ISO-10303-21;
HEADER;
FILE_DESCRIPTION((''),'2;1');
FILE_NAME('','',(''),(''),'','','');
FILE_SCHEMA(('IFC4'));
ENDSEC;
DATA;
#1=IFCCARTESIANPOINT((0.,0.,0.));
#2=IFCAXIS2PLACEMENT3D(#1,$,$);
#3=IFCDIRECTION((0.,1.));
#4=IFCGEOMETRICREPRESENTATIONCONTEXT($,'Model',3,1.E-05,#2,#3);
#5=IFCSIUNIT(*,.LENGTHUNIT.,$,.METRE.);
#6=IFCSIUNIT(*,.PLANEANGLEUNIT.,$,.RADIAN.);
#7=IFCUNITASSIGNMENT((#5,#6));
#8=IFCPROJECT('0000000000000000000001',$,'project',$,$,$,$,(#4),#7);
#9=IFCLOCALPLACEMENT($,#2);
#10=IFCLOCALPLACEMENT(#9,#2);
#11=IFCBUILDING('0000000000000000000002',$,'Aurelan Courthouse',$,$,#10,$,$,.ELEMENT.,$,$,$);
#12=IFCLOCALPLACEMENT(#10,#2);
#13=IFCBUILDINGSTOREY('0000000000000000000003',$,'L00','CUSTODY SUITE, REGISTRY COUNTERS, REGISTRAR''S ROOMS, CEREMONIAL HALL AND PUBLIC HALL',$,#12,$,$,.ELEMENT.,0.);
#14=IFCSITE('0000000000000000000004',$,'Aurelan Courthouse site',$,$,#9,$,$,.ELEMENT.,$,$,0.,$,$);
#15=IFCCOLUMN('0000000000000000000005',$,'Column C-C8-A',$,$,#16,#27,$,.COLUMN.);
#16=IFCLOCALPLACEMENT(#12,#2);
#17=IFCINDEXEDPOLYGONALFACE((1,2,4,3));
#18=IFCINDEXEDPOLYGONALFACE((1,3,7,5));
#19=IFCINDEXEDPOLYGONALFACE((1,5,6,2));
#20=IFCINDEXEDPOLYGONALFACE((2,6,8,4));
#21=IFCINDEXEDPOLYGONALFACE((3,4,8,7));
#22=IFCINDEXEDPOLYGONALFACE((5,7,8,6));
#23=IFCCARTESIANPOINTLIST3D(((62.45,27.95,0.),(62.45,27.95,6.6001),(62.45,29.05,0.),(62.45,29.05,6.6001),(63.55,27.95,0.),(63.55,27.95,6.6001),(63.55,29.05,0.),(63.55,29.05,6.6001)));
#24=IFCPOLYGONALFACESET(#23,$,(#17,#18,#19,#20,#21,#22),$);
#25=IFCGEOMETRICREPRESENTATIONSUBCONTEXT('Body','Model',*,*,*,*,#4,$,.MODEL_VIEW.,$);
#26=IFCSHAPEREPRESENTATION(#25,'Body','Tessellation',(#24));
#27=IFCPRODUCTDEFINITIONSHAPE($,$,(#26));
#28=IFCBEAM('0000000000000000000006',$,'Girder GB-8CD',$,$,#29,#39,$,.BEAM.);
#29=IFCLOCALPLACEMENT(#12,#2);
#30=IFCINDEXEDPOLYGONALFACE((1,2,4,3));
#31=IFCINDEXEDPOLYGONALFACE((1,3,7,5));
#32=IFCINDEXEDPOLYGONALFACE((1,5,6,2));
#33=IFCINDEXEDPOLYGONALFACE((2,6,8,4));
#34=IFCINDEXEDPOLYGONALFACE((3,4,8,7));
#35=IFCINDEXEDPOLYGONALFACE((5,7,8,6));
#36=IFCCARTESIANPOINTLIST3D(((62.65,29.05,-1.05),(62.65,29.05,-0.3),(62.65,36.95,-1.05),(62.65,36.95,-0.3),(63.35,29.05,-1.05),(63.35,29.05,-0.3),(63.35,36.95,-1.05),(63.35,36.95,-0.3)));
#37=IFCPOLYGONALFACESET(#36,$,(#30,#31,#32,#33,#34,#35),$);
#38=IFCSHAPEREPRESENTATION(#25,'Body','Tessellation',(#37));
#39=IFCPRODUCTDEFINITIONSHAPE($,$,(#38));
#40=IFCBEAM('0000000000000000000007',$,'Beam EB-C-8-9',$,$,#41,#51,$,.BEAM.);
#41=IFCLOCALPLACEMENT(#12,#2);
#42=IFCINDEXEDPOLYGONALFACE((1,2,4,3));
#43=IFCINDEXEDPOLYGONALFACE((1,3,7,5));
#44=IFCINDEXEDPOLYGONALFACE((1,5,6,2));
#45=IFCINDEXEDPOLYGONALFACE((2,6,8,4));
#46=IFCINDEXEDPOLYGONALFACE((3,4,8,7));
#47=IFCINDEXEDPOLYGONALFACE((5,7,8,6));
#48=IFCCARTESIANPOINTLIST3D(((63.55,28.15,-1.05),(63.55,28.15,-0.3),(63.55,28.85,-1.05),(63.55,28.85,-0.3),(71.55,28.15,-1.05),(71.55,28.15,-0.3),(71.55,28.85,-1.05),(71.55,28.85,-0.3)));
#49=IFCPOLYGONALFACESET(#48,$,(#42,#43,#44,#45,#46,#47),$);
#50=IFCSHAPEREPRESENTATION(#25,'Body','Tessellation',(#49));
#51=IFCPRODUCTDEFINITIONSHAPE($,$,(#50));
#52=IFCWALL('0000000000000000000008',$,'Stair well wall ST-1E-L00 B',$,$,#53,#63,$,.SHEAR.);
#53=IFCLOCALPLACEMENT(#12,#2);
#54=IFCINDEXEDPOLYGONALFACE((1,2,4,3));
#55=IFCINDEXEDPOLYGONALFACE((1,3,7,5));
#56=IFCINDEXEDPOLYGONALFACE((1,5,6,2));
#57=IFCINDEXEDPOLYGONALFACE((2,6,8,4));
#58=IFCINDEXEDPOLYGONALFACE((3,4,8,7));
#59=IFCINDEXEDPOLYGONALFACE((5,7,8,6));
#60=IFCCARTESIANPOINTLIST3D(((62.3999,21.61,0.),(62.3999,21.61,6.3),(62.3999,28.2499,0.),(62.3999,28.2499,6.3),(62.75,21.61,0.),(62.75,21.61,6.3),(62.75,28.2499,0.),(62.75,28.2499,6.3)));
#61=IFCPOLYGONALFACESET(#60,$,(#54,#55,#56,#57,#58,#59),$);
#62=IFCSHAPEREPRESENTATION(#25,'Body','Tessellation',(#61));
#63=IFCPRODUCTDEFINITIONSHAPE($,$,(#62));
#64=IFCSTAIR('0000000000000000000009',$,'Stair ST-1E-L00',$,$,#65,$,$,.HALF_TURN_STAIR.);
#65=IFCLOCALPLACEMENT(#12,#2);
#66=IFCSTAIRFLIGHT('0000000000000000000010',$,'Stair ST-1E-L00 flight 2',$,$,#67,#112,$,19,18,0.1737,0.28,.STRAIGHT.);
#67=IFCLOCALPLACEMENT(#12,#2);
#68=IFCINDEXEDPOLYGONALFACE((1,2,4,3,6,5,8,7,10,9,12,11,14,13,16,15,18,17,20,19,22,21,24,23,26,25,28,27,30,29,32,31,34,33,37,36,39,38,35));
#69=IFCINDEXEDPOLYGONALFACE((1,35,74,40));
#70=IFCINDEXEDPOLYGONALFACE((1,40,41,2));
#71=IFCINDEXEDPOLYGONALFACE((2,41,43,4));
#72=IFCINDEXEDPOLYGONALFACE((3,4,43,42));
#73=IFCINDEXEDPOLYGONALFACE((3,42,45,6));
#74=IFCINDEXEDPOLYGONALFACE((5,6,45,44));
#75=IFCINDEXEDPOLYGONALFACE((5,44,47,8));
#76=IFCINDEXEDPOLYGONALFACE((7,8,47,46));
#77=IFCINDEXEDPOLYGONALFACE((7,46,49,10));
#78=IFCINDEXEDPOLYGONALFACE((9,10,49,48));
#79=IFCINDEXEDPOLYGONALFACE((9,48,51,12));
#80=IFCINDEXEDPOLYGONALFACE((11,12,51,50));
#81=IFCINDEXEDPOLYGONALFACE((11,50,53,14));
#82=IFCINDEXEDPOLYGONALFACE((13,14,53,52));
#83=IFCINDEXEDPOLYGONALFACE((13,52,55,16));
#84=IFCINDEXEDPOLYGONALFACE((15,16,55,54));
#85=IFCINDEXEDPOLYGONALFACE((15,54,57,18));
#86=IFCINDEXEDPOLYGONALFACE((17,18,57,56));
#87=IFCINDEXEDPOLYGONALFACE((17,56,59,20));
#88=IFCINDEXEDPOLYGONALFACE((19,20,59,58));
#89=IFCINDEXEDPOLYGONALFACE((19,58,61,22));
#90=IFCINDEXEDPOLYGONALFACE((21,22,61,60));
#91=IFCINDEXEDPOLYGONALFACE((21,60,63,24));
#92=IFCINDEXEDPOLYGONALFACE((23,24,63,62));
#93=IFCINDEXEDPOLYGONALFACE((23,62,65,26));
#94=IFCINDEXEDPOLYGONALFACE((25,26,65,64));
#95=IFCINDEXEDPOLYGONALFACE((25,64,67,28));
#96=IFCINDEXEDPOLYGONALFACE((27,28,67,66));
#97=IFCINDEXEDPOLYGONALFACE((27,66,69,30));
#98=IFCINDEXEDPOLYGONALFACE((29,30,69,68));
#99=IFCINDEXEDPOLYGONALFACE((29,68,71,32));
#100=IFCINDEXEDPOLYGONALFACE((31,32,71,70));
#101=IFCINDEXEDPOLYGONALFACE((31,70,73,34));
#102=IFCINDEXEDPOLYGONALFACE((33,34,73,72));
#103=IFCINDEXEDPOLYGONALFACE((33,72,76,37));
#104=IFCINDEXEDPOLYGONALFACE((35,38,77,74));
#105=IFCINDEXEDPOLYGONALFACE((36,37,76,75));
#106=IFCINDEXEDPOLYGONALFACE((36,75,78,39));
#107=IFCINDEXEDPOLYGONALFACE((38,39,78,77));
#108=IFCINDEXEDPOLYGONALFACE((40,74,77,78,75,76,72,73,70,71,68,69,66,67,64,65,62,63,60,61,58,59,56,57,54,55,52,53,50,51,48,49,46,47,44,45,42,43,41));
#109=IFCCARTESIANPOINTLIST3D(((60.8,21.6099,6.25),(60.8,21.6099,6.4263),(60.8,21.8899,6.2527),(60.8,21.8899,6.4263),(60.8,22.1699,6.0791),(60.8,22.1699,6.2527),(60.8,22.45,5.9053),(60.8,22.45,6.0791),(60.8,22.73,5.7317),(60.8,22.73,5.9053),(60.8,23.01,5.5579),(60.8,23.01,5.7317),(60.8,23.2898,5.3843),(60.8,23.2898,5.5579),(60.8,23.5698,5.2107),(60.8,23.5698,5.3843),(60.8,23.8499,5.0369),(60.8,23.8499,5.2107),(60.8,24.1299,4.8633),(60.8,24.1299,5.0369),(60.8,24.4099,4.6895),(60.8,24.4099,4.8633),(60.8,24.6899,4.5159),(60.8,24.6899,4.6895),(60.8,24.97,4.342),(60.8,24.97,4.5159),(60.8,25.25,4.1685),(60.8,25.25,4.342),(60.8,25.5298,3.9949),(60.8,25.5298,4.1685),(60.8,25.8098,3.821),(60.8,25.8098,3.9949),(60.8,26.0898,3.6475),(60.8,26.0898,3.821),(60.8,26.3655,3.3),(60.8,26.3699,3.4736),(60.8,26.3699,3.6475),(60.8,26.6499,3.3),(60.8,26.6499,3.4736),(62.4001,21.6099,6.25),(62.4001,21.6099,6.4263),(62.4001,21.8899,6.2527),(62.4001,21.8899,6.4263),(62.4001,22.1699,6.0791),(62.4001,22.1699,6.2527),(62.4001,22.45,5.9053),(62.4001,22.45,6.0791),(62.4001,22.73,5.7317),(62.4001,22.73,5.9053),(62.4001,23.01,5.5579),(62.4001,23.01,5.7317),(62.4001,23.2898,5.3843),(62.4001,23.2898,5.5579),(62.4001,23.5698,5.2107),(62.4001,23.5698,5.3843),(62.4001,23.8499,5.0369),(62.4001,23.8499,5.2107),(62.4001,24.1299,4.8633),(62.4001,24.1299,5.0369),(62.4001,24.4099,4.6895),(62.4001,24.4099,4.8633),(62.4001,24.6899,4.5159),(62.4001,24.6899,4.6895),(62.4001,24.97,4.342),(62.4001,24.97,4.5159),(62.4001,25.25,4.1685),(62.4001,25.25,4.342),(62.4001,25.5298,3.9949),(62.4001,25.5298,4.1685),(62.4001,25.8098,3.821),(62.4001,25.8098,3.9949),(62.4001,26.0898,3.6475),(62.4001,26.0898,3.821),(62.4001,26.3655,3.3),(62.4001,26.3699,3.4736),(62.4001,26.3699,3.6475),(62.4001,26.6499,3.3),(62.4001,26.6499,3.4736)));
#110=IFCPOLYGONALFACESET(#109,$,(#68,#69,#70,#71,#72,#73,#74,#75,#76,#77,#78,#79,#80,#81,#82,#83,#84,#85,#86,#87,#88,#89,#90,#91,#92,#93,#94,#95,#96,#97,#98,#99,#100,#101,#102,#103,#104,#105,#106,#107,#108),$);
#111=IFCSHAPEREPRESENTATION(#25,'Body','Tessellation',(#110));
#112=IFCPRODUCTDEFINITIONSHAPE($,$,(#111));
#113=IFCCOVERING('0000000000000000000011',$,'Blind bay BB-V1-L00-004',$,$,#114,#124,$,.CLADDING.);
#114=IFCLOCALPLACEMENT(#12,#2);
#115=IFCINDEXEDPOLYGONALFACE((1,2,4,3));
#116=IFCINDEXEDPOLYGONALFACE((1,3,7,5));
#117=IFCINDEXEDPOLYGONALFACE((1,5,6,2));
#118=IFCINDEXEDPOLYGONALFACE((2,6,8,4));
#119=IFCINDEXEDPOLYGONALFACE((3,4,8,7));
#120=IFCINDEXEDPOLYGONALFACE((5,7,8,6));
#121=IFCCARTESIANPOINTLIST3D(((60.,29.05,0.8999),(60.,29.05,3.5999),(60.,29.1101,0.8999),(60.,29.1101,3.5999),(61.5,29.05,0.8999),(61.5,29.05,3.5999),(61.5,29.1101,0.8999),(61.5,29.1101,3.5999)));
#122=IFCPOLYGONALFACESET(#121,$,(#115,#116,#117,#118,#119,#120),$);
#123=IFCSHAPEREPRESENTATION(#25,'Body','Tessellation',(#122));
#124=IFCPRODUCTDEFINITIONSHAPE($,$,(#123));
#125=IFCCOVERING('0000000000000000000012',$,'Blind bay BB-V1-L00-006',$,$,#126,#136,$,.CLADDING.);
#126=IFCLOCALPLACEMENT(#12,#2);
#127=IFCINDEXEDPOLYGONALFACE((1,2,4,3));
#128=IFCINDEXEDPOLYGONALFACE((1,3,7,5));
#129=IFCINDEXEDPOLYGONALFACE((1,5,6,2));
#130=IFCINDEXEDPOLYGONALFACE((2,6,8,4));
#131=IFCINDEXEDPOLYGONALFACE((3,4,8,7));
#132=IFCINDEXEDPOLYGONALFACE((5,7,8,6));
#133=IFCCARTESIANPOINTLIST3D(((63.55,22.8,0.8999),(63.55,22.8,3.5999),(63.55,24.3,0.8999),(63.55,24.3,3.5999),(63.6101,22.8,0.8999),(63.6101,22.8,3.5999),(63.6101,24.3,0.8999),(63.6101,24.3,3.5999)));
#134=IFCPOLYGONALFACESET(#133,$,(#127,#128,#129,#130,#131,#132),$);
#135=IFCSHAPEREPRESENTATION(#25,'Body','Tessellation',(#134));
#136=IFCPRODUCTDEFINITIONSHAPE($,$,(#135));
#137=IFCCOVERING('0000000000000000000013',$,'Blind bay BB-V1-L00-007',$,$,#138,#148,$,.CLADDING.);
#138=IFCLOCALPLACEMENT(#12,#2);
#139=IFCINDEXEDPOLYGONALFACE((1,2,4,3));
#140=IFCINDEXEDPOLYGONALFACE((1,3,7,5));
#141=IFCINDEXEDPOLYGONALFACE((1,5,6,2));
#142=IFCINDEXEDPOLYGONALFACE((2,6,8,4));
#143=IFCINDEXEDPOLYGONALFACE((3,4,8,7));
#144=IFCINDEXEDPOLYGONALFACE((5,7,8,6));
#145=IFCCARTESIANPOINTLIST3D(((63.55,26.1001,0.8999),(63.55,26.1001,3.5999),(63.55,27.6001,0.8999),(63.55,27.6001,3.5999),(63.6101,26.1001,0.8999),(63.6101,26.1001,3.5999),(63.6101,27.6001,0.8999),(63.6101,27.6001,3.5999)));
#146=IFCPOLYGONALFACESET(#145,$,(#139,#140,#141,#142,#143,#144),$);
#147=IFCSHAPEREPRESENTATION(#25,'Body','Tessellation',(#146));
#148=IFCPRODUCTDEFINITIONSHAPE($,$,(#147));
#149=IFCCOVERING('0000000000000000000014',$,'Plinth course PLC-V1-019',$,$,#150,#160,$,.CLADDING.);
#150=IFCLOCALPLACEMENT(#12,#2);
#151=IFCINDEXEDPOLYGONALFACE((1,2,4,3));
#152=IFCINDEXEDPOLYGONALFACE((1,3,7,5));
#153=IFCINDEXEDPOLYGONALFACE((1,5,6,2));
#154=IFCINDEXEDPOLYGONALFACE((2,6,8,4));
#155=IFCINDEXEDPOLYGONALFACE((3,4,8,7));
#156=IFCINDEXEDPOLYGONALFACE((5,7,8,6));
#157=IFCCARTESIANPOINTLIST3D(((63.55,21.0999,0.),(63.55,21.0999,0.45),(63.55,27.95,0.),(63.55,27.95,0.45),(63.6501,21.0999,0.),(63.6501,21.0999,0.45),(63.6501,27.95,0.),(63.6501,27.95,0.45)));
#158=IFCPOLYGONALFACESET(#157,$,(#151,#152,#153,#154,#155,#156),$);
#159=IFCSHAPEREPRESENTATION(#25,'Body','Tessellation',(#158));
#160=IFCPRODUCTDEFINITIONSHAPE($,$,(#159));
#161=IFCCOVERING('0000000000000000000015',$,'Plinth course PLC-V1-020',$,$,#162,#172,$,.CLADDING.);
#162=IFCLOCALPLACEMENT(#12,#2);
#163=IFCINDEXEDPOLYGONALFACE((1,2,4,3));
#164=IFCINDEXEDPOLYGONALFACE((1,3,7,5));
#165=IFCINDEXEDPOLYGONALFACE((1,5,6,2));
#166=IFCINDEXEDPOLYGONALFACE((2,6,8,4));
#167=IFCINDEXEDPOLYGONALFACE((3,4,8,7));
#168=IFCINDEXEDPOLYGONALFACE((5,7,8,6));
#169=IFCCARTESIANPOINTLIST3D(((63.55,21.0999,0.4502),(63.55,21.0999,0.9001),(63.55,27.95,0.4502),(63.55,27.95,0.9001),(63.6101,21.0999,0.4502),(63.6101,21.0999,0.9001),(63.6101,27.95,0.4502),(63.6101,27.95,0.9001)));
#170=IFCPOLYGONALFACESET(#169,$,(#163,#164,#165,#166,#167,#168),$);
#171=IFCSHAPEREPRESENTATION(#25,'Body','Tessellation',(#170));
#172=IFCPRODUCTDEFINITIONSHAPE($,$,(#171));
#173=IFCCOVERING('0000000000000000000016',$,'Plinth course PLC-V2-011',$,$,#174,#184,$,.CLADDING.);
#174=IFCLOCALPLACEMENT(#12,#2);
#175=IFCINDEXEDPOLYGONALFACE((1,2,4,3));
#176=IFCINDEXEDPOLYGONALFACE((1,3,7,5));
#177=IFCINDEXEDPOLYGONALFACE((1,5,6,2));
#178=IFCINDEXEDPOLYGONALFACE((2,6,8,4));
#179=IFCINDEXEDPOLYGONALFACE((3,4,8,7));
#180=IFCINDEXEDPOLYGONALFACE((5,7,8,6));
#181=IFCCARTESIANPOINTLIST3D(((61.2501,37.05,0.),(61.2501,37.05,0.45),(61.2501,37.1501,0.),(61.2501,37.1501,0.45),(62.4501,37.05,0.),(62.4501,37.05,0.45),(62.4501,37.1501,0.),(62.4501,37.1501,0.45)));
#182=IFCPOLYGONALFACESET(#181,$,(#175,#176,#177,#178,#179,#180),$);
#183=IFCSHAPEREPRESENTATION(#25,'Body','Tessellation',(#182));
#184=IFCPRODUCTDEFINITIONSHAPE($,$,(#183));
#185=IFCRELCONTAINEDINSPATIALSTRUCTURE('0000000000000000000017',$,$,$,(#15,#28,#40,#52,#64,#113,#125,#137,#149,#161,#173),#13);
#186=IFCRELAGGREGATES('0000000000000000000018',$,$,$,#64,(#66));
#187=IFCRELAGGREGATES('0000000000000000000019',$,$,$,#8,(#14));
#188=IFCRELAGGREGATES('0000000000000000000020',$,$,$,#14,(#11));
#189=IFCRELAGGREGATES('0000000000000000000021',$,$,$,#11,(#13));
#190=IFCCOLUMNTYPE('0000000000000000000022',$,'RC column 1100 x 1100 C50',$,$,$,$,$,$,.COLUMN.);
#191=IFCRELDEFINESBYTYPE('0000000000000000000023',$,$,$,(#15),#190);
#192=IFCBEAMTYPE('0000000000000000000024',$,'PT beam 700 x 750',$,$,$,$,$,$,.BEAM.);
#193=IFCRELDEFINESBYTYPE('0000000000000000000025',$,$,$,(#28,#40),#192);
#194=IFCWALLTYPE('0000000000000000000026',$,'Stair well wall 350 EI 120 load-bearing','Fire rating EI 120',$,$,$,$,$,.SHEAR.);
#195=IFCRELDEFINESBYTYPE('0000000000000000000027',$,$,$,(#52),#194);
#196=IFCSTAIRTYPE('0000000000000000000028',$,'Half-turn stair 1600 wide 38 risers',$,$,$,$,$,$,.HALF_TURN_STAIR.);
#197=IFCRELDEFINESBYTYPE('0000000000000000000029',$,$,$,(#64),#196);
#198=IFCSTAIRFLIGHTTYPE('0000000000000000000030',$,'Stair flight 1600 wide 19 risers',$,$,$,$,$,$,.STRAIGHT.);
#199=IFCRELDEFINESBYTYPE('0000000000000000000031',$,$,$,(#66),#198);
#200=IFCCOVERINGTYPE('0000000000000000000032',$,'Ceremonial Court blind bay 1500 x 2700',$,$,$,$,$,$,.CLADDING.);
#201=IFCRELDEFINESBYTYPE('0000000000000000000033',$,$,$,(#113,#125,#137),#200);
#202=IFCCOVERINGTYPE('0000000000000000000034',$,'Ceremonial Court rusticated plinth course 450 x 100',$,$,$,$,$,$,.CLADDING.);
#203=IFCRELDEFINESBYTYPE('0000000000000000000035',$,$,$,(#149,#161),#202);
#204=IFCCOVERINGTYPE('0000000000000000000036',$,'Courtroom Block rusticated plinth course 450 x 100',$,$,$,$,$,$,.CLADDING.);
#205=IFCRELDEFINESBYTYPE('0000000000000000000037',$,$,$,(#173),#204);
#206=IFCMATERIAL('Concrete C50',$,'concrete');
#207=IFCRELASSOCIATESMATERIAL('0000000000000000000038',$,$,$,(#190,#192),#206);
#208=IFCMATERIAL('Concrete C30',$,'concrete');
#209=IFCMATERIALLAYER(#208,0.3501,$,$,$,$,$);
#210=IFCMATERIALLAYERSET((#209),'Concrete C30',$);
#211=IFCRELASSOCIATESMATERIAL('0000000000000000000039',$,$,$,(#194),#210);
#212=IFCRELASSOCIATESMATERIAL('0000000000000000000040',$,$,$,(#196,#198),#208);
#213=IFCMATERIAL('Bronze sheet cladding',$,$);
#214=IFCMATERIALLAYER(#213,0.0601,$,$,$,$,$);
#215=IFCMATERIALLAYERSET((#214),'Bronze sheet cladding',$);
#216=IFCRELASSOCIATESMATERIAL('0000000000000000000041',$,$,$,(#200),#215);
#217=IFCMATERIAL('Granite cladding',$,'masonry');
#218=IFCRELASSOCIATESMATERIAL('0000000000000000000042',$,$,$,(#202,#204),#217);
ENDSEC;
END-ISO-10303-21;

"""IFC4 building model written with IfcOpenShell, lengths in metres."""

from ifc_helpers import new_model, si_unit, direction, frame, frame_2d, origin, origin_2d, place, context, subcontext, project, spatial, polyline, rectangle, outline, extrude, material, layer, layer_set, material_profile, profile_set, type_object, element, aggregate, save


model = new_model("IFC4")

# Units and contexts
model_context = context("Model", 3, precision=1e-05, world=origin(), true_north=direction((0.0, 1.0)))
body_context = subcontext(model_context, "Body", "Model", "MODEL_VIEW")
ifc_project = project(units=[si_unit("LENGTHUNIT", "METRE"), si_unit("PLANEANGLEUNIT", "RADIAN")], contexts=[model_context])

# Site, building, storey
site_placement = place(None, origin())
site = spatial("IfcSite", under=ifc_project, at=site_placement, Name="Aurelan Courthouse site", CompositionType="ELEMENT", RefElevation=0.0)
building_placement = place(site_placement, origin())
building = spatial("IfcBuilding", under=site, at=building_placement, Name="Aurelan Courthouse", CompositionType="ELEMENT")
storey_placement = place(building_placement, origin())
storey = spatial("IfcBuildingStorey", under=building, at=storey_placement, Name="L00", Description="CUSTODY SUITE, REGISTRY COUNTERS, REGISTRAR'S ROOMS, CEREMONIAL HALL AND PUBLIC HALL", CompositionType="ELEMENT", Elevation=0.0)

# Column
ifc_material_1 = material(Name="Concrete C50", Category="concrete")
ifc_material_profile_1 = material_profile(ifc_material_1, rectangle(XDim=1.1001, YDim=1.1001, at=origin_2d()), Name="RC 1100 x 1100")
ifc_profile_set_1 = profile_set([ifc_material_profile_1], Name="Concrete C50")
column_type = type_object("IfcColumnType", Name="RC column 1100 x 1100 C50", PredefinedType="COLUMN", material=ifc_profile_set_1)
column_placement = place(storey_placement, frame((63.0, 28.5, 0.0), z_axis=(0.0, 0.0, 1.0), x_axis=(1.0, 0.0, 0.0)))
element("IfcColumn", 1, at=column_placement, inside=storey, type_object=column_type, Name="Column C-C8-A", PredefinedType="COLUMN", context=body_context, shape_type="SweptSolid", body=[
    extrude(rectangle(XDim=1.1001, YDim=1.1001, at=origin_2d()), origin(), (0.0, 0.0, 1.0), 6.6001),
])

# Beams
ifc_material_profile_2 = material_profile(ifc_material_1, rectangle(XDim=0.7, YDim=0.75, at=origin_2d()), Name="RC 700 x 750")
ifc_profile_set_2 = profile_set([ifc_material_profile_2], Name="Concrete C50")
beam_type = type_object("IfcBeamType", Name="PT beam 700 x 750", PredefinedType="BEAM", material=ifc_profile_set_2)
beam_1_placement = place(storey_placement, frame((63.0, 29.05, -0.675), z_axis=(0.0, 1.0, 0.0), x_axis=(-1.0, 0.0, 0.0)))
element("IfcBeam", 2, at=beam_1_placement, inside=storey, type_object=beam_type, Name="Girder GB-8CD", PredefinedType="BEAM", context=body_context, shape_type="SweptSolid", body=[
    extrude(rectangle(XDim=0.7, YDim=0.75, at=origin_2d()), origin(), (0.0, 0.0, 1.0), 7.8999),
])
beam_2_placement = place(storey_placement, frame((63.55, 28.5, -0.675), z_axis=(1.0, 0.0, 0.0), x_axis=(0.0, 1.0, 0.0)))
element("IfcBeam", 3, at=beam_2_placement, inside=storey, type_object=beam_type, Name="Beam EB-C-8-9", PredefinedType="BEAM", context=body_context, shape_type="SweptSolid", body=[
    extrude(rectangle(XDim=0.7, YDim=0.75, at=origin_2d()), origin(), (0.0, 0.0, 1.0), 8.0),
])

# Wall
ifc_material_2 = material(Name="Concrete C30", Category="concrete")
ifc_layer_1 = layer(ifc_material_2, 0.3501)
ifc_layer_set_1 = layer_set([ifc_layer_1], Name="Concrete C30")
wall_type = type_object("IfcWallType", Name="Stair well wall 350 EI 120 load-bearing", Description="Fire rating EI 120", PredefinedType="SHEAR", material=ifc_layer_set_1)
wall_placement = place(storey_placement, frame((62.575, 21.6101, 0.0), z_axis=(0.0, 0.0, 1.0), x_axis=(0.0, 1.0, 0.0)))
element("IfcWall", 4, at=wall_placement, inside=storey, type_object=wall_type, Name="Stair well wall ST-1E-L00 B", PredefinedType="SHEAR", context=body_context, shape_type="SweptSolid", body=[
    extrude(rectangle(XDim=6.6399, YDim=0.3501, at=frame_2d((3.3198, 0.0))), origin(), (0.0, 0.0, 1.0), 6.3),
])

# Stair, stair flight
stair_type = type_object("IfcStairType", Name="Half-turn stair 1600 wide 38 risers", PredefinedType="HALF_TURN_STAIR", material=ifc_material_2)
stair_placement = place(storey_placement, origin())
stair = element("IfcStair", 5, at=stair_placement, inside=storey, type_object=stair_type, Name="Stair ST-1E-L00", PredefinedType="HALF_TURN_STAIR")
stair_flight_type = type_object("IfcStairFlightType", Name="Stair flight 1600 wide 19 risers", PredefinedType="STRAIGHT", material=ifc_material_2)
stair_flight_placement = place(storey_placement, frame((61.6001, 26.6499, 3.3), z_axis=(0.0, 0.0, 1.0), x_axis=(0.0, -1.0, 0.0)))
stair_flight = element("IfcStairFlight", 6, at=stair_flight_placement, type_object=stair_flight_type, Name="Stair ST-1E-L00 flight 2", NumberOfRisers=19, NumberOfTreads=18, PredefinedType="STRAIGHT", RiserHeight=0.1737, TreadLength=0.28, context=body_context, shape_type="SweptSolid", body=[
    extrude(outline(polyline([(0.0, 0.0), (0.0, 0.1736), (0.28, 0.1736), (0.28, 0.3474), (0.5601, 0.3474), (0.5601, 0.521), (0.8401, 0.521), (0.8401, 0.6948), (1.1201, 0.6948), (1.1201, 0.8684), (1.3999, 0.8684), (1.3999, 1.042), (1.6799, 1.042), (1.6799, 1.2158), (1.96, 1.2158), (1.96, 1.3894), (2.24, 1.3894), (2.24, 1.5632), (2.52, 1.5632), (2.52, 1.7368), (2.8, 1.7368), (2.8, 1.9106), (3.0801, 1.9106), (3.0801, 2.0842), (3.3601, 2.0842), (3.3601, 2.2578), (3.6399, 2.2578), (3.6399, 2.4316), (3.9199, 2.4316), (3.9199, 2.6052), (4.2, 2.6052), (4.2, 2.7791), (4.48, 2.7791), (4.48, 2.9526), (4.76, 2.9526), (4.76, 3.1262), (5.04, 3.1262), (5.04, 3.3), (5.04, 2.95), (0.2844, 0.0), (0.0, 0.0)])), frame((0.0, 0.8, 0.0), z_axis=(0.0, -1.0, 0.0), x_axis=(1.0, 0.0, 0.0)), (0.0, 0.0, 1.0), 1.6001),
])
aggregate(stair, [stair_flight])

# Coverings
ifc_material_3 = material(Name="Bronze sheet cladding")
ifc_layer_2 = layer(ifc_material_3, 0.0601)
ifc_layer_set_2 = layer_set([ifc_layer_2], Name="Bronze sheet cladding")
covering_type_1 = type_object("IfcCoveringType", Name="Ceremonial Court blind bay 1500 x 2700", PredefinedType="CLADDING", material=ifc_layer_set_2)
covering_1_placement = place(storey_placement, frame((60.75, 29.0801, 0.8999), z_axis=(0.0, 0.0, 1.0), x_axis=(1.0, 0.0, 0.0)))
element("IfcCovering", 7, at=covering_1_placement, inside=storey, type_object=covering_type_1, Name="Blind bay BB-V1-L00-004", PredefinedType="CLADDING", context=body_context, shape_type="SweptSolid", body=[
    extrude(rectangle(XDim=1.5, YDim=0.0601, at=origin_2d()), origin(), (0.0, 0.0, 1.0), 2.7),
])
for number, where, z_axis, x_axis, name in (
    (8, (63.5801, 23.55, 0.8999), (0.0, 0.0, 1.0), (1.0, 0.0, 0.0), "Blind bay BB-V1-L00-006"),
    (9, (63.5801, 26.8501, 0.8999), (0.0, 0.0, 1.0), (1.0, 0.0, 0.0), "Blind bay BB-V1-L00-007"),
):
    element("IfcCovering", number, at=place(storey_placement, frame(where, z_axis=z_axis, x_axis=x_axis)), inside=storey, type_object=covering_type_1, Name=name, PredefinedType="CLADDING", context=body_context, shape_type="SweptSolid", body=[
        extrude(rectangle(XDim=0.0601, YDim=1.5, at=origin_2d()), origin(), (0.0, 0.0, 1.0), 2.7),
    ])
ifc_material_4 = material(Name="Granite cladding", Category="masonry")
covering_type_2 = type_object("IfcCoveringType", Name="Ceremonial Court rusticated plinth course 450 x 100", PredefinedType="CLADDING", material=ifc_material_4)
covering_2_placement = place(storey_placement, frame((63.6001, 24.5249, 0.0), z_axis=(0.0, 0.0, 1.0), x_axis=(1.0, 0.0, 0.0)))
element("IfcCovering", 10, at=covering_2_placement, inside=storey, type_object=covering_type_2, Name="Plinth course PLC-V1-019", PredefinedType="CLADDING", context=body_context, shape_type="SweptSolid", body=[
    extrude(rectangle(XDim=0.1001, YDim=6.8501, at=origin_2d()), origin(), (0.0, 0.0, 1.0), 0.45),
])
covering_3_placement = place(storey_placement, frame((63.5801, 24.5249, 0.4502), z_axis=(0.0, 0.0, 1.0), x_axis=(1.0, 0.0, 0.0)))
element("IfcCovering", 11, at=covering_3_placement, inside=storey, type_object=covering_type_2, Name="Plinth course PLC-V1-020", PredefinedType="CLADDING", context=body_context, shape_type="SweptSolid", body=[
    extrude(rectangle(XDim=0.0601, YDim=6.8501, at=origin_2d()), origin(), (0.0, 0.0, 1.0), 0.45),
])
covering_type_3 = type_object("IfcCoveringType", Name="Courtroom Block rusticated plinth course 450 x 100", PredefinedType="CLADDING", material=ifc_material_4)
covering_4_placement = place(storey_placement, frame((61.8501, 37.1001, 0.0), z_axis=(0.0, 0.0, 1.0), x_axis=(1.0, 0.0, 0.0)))
element("IfcCovering", 12, at=covering_4_placement, inside=storey, type_object=covering_type_3, Name="Plinth course PLC-V2-011", PredefinedType="CLADDING", context=body_context, shape_type="SweptSolid", body=[
    extrude(rectangle(XDim=1.2, YDim=0.1001, at=origin_2d()), origin(), (0.0, 0.0, 1.0), 0.45),
])

save(model, "model.ifc")
